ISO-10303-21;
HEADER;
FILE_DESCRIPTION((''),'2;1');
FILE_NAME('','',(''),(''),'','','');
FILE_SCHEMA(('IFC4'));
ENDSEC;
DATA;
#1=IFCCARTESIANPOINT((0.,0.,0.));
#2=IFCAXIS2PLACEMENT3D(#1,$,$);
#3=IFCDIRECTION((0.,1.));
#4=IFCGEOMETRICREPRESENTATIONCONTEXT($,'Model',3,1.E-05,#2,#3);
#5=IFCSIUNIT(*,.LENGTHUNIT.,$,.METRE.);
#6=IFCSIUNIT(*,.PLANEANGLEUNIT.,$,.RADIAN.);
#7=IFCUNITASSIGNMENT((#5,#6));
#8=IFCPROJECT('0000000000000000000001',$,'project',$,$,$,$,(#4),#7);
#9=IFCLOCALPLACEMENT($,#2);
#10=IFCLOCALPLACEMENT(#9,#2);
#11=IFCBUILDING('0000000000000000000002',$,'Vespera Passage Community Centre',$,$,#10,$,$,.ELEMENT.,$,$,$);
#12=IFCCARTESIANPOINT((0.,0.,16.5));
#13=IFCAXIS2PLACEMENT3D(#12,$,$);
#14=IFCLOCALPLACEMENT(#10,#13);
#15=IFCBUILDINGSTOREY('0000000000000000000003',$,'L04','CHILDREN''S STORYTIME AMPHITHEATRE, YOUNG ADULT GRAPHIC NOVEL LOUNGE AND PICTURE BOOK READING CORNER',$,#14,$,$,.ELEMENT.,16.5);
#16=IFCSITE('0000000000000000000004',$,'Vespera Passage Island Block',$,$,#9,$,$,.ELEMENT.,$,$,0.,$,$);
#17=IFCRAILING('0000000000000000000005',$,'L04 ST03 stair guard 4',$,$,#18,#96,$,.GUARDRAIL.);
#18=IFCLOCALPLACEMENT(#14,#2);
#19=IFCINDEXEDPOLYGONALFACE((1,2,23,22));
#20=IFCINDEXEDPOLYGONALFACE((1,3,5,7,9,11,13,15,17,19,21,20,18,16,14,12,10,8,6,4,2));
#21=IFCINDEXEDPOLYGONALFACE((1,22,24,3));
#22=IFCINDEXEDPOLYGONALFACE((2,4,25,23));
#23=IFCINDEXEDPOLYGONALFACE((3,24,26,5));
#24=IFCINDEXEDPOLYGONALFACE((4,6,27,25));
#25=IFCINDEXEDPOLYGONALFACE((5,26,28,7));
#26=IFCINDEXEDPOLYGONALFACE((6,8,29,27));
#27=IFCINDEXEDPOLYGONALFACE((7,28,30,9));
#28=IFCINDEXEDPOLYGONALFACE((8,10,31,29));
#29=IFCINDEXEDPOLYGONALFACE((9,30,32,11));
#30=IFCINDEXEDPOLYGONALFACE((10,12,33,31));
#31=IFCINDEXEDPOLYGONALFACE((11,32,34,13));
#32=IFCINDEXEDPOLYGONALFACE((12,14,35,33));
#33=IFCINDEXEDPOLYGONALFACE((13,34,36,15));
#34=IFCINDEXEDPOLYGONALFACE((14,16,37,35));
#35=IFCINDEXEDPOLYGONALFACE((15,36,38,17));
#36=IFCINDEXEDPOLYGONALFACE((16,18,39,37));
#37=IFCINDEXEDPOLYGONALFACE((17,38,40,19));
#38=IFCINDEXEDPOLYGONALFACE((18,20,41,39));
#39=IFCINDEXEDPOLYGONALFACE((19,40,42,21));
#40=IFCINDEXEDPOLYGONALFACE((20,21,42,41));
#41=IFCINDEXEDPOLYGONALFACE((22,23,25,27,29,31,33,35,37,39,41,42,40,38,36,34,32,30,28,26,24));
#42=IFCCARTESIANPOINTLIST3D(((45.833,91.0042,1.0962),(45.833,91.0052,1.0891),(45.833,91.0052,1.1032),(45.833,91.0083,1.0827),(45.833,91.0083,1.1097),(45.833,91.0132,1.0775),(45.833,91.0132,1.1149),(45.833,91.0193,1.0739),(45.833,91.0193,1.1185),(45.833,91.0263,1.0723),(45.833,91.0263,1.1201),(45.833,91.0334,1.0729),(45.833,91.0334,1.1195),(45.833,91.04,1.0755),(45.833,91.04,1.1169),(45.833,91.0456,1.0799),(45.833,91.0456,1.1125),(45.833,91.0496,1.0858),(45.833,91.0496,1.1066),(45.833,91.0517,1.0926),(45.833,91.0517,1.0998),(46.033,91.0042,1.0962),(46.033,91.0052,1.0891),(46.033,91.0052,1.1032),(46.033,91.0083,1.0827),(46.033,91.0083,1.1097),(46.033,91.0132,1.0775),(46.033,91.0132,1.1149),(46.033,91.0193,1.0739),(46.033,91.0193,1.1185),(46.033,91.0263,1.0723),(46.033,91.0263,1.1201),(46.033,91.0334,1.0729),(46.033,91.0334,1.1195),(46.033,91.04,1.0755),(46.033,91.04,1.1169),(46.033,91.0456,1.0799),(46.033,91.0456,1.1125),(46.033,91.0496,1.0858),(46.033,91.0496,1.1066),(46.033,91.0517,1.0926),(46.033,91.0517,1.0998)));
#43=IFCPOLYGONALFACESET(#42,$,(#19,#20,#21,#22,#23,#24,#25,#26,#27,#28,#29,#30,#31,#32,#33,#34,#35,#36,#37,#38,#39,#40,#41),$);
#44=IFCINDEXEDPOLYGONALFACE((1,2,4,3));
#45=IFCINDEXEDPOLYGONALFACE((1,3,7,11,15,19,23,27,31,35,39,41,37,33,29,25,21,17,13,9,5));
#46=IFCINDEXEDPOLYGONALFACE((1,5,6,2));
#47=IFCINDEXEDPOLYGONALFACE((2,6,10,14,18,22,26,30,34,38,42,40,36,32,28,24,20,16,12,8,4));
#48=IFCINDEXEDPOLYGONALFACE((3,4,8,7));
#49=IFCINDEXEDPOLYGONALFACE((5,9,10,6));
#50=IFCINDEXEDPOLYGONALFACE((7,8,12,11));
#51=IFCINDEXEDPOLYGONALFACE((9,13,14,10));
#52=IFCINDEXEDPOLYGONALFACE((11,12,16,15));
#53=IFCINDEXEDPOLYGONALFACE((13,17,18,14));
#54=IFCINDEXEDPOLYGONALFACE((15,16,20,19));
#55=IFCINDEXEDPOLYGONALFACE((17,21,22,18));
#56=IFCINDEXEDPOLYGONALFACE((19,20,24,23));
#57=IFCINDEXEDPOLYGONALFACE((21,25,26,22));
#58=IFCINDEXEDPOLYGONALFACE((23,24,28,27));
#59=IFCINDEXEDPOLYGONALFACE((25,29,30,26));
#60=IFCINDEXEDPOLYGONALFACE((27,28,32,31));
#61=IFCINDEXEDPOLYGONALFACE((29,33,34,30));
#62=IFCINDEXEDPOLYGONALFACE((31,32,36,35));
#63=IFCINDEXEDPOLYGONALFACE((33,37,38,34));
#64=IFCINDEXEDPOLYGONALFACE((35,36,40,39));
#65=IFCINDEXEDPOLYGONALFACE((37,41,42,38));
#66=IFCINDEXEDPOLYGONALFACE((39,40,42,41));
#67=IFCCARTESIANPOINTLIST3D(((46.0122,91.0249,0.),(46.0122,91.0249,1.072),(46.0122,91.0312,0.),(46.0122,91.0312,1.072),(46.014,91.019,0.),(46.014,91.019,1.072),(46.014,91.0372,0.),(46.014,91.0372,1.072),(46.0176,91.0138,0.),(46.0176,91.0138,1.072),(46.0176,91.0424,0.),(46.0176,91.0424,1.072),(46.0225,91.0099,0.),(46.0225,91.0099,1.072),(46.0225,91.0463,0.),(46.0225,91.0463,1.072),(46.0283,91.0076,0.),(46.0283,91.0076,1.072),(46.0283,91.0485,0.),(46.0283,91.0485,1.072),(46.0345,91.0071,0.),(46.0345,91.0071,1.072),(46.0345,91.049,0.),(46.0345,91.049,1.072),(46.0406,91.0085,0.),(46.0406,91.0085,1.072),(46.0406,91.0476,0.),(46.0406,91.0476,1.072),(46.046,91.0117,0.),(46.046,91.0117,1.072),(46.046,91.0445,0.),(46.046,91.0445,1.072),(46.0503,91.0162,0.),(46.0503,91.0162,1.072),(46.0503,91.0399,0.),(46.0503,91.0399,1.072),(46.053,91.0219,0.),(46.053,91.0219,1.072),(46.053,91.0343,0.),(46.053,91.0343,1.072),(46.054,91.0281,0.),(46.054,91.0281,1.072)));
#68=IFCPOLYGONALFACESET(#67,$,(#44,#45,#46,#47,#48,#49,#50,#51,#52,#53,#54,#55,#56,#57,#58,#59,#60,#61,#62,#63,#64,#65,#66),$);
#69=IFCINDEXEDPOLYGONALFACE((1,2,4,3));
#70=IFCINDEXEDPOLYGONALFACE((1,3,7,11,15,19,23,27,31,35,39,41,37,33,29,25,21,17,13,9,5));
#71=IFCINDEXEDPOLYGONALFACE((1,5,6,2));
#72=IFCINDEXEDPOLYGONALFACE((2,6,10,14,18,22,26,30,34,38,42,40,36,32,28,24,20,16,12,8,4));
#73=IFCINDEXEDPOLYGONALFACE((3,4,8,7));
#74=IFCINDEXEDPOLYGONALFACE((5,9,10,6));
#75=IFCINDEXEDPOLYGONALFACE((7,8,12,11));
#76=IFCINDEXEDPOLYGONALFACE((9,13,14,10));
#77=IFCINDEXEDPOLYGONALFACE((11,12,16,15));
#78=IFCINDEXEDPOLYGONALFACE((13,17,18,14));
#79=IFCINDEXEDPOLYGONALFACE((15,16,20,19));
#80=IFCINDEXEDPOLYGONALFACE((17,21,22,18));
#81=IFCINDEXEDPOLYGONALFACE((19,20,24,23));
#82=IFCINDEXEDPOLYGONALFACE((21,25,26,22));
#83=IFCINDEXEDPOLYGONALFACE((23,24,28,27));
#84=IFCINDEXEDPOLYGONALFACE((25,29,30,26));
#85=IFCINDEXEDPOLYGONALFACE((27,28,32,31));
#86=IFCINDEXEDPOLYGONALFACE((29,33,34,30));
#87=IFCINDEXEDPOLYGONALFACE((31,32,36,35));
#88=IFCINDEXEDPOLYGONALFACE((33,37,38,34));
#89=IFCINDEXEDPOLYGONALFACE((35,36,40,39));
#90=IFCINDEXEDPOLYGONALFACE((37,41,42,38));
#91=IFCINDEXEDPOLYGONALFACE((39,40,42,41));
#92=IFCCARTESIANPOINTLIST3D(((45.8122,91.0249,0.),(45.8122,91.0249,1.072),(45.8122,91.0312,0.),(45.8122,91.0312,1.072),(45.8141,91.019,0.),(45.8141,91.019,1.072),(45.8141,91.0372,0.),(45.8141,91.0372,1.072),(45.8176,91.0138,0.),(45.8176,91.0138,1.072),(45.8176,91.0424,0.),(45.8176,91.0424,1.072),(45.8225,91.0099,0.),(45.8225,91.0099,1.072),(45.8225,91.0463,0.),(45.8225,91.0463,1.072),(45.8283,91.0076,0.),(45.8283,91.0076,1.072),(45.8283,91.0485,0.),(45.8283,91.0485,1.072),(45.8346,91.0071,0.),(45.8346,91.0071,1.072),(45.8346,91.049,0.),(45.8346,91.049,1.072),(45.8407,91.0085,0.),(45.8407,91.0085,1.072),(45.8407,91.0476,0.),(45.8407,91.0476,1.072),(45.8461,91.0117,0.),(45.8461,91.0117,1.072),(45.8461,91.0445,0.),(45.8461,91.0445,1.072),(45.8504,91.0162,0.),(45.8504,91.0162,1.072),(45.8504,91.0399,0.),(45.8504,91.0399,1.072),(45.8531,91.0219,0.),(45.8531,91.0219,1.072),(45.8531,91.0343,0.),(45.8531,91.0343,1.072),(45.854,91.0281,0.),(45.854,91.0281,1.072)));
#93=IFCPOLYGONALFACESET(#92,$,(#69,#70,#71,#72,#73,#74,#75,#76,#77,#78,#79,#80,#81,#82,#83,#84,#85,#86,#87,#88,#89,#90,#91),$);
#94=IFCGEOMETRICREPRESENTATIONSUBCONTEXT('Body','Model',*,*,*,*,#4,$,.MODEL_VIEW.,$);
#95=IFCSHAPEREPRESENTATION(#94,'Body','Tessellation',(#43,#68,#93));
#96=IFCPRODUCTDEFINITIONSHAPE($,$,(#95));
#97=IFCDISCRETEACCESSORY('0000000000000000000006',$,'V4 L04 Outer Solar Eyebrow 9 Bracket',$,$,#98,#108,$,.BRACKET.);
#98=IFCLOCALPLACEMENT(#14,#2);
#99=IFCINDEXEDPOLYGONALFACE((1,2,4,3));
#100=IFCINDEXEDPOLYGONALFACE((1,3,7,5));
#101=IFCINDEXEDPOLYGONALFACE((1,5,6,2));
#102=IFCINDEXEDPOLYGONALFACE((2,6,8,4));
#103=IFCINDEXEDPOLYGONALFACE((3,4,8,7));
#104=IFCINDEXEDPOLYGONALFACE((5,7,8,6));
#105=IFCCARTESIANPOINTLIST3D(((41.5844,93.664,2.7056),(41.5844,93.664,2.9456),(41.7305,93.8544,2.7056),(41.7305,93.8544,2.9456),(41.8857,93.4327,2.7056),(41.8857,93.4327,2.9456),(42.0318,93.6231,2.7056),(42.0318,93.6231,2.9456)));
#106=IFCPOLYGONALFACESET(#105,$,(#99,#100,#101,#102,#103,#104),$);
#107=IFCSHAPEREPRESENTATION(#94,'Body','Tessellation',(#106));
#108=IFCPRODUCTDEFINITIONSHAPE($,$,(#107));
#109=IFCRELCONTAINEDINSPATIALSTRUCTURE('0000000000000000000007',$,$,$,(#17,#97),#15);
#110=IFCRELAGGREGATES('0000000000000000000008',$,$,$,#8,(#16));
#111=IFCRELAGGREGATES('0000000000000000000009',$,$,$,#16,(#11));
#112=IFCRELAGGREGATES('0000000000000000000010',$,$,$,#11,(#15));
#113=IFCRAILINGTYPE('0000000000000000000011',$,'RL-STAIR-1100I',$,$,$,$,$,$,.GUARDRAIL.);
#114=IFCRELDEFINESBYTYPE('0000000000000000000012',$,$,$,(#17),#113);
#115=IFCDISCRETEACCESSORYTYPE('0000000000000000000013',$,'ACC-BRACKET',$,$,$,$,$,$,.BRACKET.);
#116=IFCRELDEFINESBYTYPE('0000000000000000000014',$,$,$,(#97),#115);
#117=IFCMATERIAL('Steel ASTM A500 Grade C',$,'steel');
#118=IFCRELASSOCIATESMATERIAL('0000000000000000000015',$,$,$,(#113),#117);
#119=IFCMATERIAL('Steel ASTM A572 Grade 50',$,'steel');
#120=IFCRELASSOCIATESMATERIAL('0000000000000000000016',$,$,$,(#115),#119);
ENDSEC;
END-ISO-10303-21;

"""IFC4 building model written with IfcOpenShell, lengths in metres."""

from ifc_helpers import new_model, si_unit, direction, frame, origin, origin_2d, place, context, subcontext, project, spatial, rectangle, circle, extrude, material, type_object, element, save


model = new_model("IFC4")

# Units and contexts
model_context = context("Model", 3, precision=1e-05, world=origin(), true_north=direction((0.0, 1.0)))
body_context = subcontext(model_context, "Body", "Model", "MODEL_VIEW")
ifc_project = project(units=[si_unit("LENGTHUNIT", "METRE"), si_unit("PLANEANGLEUNIT", "RADIAN")], contexts=[model_context])

# Site, building, storey
site_placement = place(None, origin())
site = spatial("IfcSite", under=ifc_project, at=site_placement, Name="Vespera Passage Island Block", CompositionType="ELEMENT", RefElevation=0.0)
building_placement = place(site_placement, origin())
building = spatial("IfcBuilding", under=site, at=building_placement, Name="Vespera Passage Community Centre", CompositionType="ELEMENT")
storey_placement = place(building_placement, frame((0.0, 0.0, 16.5)))
storey = spatial("IfcBuildingStorey", under=building, at=storey_placement, Name="L04", Description="CHILDREN'S STORYTIME AMPHITHEATRE, YOUNG ADULT GRAPHIC NOVEL LOUNGE AND PICTURE BOOK READING CORNER", CompositionType="ELEMENT", Elevation=16.5)

# Railing
ifc_material_1 = material(Name="Steel ASTM A500 Grade C", Category="steel")
railing_type_1 = type_object("IfcRailingType", Name="RL-STAIR-1100I", PredefinedType="GUARDRAIL", material=ifc_material_1)
railing_1_placement = place(storey_placement, frame((46.033, 91.0281, 0.0)))
element("IfcRailing", 1, at=railing_1_placement, inside=storey, type_object=railing_type_1, Name="L04 ST03 stair guard 4", PredefinedType="GUARDRAIL", context=body_context, shape_type="SweptSolid", body=[
    extrude(circle(Radius=0.0239, at=origin_2d()), frame((0.0, 0.0, 1.0962), z_axis=(-1.0, 0.0, 0.0), x_axis=(0.0, -1.0, 0.0)), (0.0, 0.0, 1.0), 0.2),
    extrude(circle(Radius=0.021, at=origin_2d()), origin(), (0.0, 0.0, 1.0), 1.072),
    extrude(circle(Radius=0.021, at=origin_2d()), frame((-0.2, 0.0, 0.0)), (0.0, 0.0, 1.0), 1.072),
])

# Discrete accessory
ifc_material_2 = material(Name="Steel ASTM A572 Grade 50", Category="steel")
discrete_accessory_type = type_object("IfcDiscreteAccessoryType", Name="ACC-BRACKET", PredefinedType="BRACKET", material=ifc_material_2)
discrete_accessory_placement = place(storey_placement, frame((41.8081, 93.6436, 2.7056), z_axis=(0.0, 0.0, 1.0), x_axis=(0.608761, 0.793353, 0.0)))
element("IfcDiscreteAccessory", 2, at=discrete_accessory_placement, inside=storey, type_object=discrete_accessory_type, Name="V4 L04 Outer Solar Eyebrow 9 Bracket", PredefinedType="BRACKET", context=body_context, shape_type="SweptSolid", body=[
    extrude(rectangle(XDim=0.24, YDim=0.3799, at=origin_2d()), origin(), (0.0, 0.0, 1.0), 0.24),
])

save(model, "model.ifc")
